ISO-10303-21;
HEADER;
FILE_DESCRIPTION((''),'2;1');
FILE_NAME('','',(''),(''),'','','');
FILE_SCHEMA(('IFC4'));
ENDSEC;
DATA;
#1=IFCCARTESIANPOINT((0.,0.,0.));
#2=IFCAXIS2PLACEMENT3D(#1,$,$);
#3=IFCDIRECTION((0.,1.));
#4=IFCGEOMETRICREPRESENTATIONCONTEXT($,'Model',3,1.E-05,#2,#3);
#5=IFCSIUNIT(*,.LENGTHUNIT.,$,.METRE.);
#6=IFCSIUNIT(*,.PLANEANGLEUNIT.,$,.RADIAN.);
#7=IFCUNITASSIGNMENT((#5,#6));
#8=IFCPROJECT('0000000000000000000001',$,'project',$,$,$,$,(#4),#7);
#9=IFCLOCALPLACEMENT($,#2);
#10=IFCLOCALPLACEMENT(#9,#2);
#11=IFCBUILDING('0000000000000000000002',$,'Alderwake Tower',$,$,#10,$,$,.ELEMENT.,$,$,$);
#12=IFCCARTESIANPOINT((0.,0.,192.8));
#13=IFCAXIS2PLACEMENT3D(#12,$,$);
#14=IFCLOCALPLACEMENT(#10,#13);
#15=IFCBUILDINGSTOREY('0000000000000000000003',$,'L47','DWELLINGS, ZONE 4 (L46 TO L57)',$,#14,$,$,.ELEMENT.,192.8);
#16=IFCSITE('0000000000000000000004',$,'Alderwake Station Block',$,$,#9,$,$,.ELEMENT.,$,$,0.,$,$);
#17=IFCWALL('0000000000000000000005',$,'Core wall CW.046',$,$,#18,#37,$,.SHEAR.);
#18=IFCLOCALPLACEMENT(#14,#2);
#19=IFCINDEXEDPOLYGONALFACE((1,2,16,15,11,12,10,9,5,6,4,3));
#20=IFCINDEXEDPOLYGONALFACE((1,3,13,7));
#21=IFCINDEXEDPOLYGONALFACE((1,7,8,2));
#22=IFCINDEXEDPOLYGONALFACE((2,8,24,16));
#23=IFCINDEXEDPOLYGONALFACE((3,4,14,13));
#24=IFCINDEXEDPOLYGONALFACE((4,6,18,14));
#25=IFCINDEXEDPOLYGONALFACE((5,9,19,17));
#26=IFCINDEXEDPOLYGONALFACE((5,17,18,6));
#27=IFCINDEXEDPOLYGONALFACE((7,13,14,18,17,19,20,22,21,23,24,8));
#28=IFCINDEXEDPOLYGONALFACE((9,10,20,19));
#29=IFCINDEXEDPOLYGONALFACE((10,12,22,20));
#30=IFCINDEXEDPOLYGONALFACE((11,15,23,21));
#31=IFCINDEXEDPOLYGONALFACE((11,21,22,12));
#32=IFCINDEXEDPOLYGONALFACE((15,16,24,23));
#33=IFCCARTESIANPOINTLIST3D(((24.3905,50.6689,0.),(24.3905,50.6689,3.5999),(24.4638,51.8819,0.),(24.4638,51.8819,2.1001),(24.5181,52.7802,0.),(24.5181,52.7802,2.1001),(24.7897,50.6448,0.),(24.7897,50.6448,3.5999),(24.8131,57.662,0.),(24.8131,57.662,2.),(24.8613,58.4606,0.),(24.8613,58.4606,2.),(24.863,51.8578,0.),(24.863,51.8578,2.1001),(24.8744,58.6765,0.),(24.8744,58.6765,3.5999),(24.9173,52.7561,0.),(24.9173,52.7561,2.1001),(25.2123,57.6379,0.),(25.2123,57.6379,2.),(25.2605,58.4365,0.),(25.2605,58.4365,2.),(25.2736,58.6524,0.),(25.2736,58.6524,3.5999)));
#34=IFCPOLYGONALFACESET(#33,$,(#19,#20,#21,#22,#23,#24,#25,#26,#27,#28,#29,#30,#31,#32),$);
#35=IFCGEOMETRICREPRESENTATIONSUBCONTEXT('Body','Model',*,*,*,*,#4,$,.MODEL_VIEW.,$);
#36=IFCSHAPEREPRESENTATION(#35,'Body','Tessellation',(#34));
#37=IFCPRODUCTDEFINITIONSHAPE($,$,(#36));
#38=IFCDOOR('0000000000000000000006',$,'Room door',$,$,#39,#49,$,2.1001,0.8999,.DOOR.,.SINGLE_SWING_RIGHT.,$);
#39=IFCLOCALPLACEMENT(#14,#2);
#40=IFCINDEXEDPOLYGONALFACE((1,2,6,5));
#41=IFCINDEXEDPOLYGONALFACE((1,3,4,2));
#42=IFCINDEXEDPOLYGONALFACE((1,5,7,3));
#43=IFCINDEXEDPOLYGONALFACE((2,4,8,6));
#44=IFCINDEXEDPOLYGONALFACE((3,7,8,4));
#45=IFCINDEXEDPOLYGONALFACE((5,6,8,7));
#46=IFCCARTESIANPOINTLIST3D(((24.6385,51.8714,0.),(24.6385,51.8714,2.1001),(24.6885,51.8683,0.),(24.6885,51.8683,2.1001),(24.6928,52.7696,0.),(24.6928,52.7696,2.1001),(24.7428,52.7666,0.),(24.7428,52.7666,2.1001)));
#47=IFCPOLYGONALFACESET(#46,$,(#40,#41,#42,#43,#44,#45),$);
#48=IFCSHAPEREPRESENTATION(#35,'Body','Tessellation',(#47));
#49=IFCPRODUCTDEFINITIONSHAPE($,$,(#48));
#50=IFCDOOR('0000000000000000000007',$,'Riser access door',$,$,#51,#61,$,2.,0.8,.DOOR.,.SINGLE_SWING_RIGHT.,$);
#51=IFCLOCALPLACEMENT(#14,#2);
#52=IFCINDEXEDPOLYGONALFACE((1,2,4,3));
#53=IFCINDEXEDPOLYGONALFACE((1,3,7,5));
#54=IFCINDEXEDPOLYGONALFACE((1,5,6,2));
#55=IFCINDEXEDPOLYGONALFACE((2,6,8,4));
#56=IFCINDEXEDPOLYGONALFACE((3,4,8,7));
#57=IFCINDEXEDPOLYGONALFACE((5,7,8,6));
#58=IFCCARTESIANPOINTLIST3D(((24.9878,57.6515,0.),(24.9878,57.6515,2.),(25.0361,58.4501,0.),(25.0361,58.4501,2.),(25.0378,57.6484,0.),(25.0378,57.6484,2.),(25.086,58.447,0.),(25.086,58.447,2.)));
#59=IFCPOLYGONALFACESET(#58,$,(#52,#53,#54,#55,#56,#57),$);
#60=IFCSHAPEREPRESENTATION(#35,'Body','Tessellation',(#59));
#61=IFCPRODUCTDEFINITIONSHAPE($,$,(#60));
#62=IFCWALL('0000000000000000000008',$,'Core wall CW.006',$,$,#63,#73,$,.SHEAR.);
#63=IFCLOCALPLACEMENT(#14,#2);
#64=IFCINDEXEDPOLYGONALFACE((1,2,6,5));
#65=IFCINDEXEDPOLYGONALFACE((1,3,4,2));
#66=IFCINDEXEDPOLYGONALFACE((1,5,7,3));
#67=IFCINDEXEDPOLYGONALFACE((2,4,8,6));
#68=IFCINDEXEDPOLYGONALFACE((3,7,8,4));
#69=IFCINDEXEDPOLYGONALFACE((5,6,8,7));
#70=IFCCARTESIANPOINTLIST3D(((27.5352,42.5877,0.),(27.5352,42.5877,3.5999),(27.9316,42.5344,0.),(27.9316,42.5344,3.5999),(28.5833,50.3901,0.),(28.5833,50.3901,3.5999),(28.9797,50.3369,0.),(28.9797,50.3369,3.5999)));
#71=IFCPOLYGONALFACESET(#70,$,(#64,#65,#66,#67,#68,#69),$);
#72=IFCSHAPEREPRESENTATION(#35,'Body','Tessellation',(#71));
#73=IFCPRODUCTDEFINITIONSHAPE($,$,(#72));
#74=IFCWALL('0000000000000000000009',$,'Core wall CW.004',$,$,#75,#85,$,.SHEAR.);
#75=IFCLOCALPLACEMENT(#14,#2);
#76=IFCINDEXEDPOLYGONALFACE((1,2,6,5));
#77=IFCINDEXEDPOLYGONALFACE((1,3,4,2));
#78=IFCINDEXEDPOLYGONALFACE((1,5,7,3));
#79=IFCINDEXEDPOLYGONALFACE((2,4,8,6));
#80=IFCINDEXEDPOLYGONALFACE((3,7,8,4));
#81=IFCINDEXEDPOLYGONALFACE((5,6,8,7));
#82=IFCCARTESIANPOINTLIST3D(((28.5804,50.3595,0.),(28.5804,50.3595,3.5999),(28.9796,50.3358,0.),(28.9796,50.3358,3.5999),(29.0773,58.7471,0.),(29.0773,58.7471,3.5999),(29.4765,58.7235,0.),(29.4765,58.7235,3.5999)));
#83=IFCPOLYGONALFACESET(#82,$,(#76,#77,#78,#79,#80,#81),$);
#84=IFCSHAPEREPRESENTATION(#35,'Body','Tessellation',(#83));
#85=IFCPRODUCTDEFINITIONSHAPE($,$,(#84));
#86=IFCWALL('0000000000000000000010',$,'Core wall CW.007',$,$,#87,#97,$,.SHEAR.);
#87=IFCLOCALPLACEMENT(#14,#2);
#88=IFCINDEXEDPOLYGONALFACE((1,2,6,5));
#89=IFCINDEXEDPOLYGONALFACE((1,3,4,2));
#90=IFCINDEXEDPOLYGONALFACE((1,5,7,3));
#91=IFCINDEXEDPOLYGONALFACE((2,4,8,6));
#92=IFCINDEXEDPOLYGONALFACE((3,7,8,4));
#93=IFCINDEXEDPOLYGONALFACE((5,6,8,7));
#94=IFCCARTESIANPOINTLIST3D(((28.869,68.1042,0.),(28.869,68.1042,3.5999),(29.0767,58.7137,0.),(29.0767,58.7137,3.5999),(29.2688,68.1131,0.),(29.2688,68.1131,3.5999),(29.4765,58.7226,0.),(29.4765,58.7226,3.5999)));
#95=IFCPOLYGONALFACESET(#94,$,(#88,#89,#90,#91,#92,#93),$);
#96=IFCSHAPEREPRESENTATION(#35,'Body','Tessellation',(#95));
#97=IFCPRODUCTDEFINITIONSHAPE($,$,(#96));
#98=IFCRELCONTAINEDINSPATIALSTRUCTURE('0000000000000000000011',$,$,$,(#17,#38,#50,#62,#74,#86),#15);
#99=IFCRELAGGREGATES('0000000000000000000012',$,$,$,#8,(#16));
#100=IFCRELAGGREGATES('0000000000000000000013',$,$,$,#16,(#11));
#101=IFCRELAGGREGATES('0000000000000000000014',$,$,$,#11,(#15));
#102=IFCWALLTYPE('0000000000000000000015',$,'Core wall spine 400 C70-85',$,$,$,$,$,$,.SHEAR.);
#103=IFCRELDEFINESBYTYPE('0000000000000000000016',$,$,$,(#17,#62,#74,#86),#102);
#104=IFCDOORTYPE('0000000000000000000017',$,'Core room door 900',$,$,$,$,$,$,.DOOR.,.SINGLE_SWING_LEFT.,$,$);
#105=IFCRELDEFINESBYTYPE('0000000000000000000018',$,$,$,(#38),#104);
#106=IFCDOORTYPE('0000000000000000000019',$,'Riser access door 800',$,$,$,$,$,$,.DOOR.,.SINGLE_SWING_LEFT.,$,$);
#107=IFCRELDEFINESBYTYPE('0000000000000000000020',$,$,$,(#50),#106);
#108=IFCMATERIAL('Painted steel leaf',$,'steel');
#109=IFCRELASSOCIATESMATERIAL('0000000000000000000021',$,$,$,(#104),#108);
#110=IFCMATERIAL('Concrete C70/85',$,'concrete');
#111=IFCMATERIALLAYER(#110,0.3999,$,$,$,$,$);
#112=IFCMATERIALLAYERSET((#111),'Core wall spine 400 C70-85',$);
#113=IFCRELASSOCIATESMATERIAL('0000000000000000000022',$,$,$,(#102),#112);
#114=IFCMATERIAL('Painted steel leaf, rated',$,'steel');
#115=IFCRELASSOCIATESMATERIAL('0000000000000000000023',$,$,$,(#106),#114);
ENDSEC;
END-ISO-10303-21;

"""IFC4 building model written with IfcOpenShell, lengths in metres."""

from ifc_helpers import new_model, si_unit, direction, frame, frame_2d, origin, place, context, subcontext, project, spatial, rectangle, extrude, material, layer, layer_set, type_object, element, fill, save


model = new_model("IFC4")

# Units and contexts
model_context = context("Model", 3, precision=1e-05, world=origin(), true_north=direction((0.0, 1.0)))
body_context = subcontext(model_context, "Body", "Model", "MODEL_VIEW")
ifc_project = project(units=[si_unit("LENGTHUNIT", "METRE"), si_unit("PLANEANGLEUNIT", "RADIAN")], contexts=[model_context])

# Site, building, storey
site_placement = place(None, origin())
site = spatial("IfcSite", under=ifc_project, at=site_placement, Name="Alderwake Station Block", CompositionType="ELEMENT", RefElevation=0.0)
building_placement = place(site_placement, origin())
building = spatial("IfcBuilding", under=site, at=building_placement, Name="Alderwake Tower", CompositionType="ELEMENT")
storey_placement = place(building_placement, frame((0.0, 0.0, 192.8)))
storey = spatial("IfcBuildingStorey", under=building, at=storey_placement, Name="L47", Description="DWELLINGS, ZONE 4 (L46 TO L57)", CompositionType="ELEMENT", Elevation=192.8)

# Shared definitions
ifc_material_1 = material(Name="Painted steel leaf", Category="steel")
door_type_1 = type_object("IfcDoorType", Name="Core room door 900", OperationType="SINGLE_SWING_LEFT", PredefinedType="DOOR", material=ifc_material_1)

# Wall, openings, doors
ifc_material_2 = material(Name="Concrete C70/85", Category="concrete")
ifc_layer_1 = layer(ifc_material_2, 0.3999)
ifc_layer_set_1 = layer_set([ifc_layer_1], Name="Core wall spine 400 C70-85")
wall_type_1 = type_object("IfcWallType", Name="Core wall spine 400 C70-85", PredefinedType="SHEAR", material=ifc_layer_set_1)
wall_1_placement = place(storey_placement, frame((24.5901, 50.6567, 0.0), z_axis=(0.0, 0.0, 1.0), x_axis=(0.060319, 0.998179, 0.0)))
wall_1 = element("IfcWall", 1, at=wall_1_placement, inside=storey, type_object=wall_type_1, Name="Core wall CW.046", PredefinedType="SHEAR", context=body_context, shape_type="SweptSolid", body=[
    extrude(rectangle(XDim=8.0222, YDim=0.3999, at=frame_2d((4.0112, 0.0))), origin(), (0.0, 0.0, 1.0), 3.5999),
])
opening_1_placement = place(wall_1_placement, frame((7.0061, 0.0, 0.0)))
opening_1 = element("IfcOpeningElement", 2, at=opening_1_placement, cuts=wall_1, PredefinedType="OPENING", context=body_context, shape_type="SweptSolid", body=[
    extrude(rectangle(XDim=0.8, YDim=2.0, at=frame_2d((0.3999, 1.0))), frame((0.0, 0.21, 0.0), z_axis=(0.0, -1.0, 0.0), x_axis=(1.0, 0.0, 0.0)), (0.0, 0.0, 1.0), 0.4199),
])
opening_2_placement = place(wall_1_placement, frame((1.2153, 0.0, 0.0)))
opening_2 = element("IfcOpeningElement", 3, at=opening_2_placement, cuts=wall_1, PredefinedType="OPENING", context=body_context, shape_type="SweptSolid", body=[
    extrude(rectangle(XDim=0.8999, YDim=2.1001, at=frame_2d((0.45, 1.05))), frame((0.0, 0.21, 0.0), z_axis=(0.0, -1.0, 0.0), x_axis=(1.0, 0.0, 0.0)), (0.0, 0.0, 1.0), 0.4199),
])
door_1_placement = place(opening_2_placement, origin())
door_1 = element("IfcDoor", 4, at=door_1_placement, inside=storey, type_object=door_type_1, Name="Room door", OperationType="SINGLE_SWING_RIGHT", OverallHeight=2.1001, OverallWidth=0.8999, PredefinedType="DOOR", context=body_context, shape_type="SweptSolid", body=[
    extrude(rectangle(XDim=0.8999, YDim=2.1001, at=frame_2d((0.45, 1.05))), frame((0.0, 0.0249, 0.0), z_axis=(0.0, -1.0, 0.0), x_axis=(1.0, 0.0, 0.0)), (0.0, 0.0, 1.0), 0.05),
])
fill(opening_2, door_1)
ifc_material_3 = material(Name="Painted steel leaf, rated", Category="steel")
door_type_2 = type_object("IfcDoorType", Name="Riser access door 800", OperationType="SINGLE_SWING_LEFT", PredefinedType="DOOR", material=ifc_material_3)
door_2_placement = place(opening_1_placement, origin())
door_2 = element("IfcDoor", 5, at=door_2_placement, inside=storey, type_object=door_type_2, Name="Riser access door", OperationType="SINGLE_SWING_RIGHT", OverallHeight=2.0, OverallWidth=0.8, PredefinedType="DOOR", context=body_context, shape_type="SweptSolid", body=[
    extrude(rectangle(XDim=0.8, YDim=2.0, at=frame_2d((0.3999, 1.0))), frame((0.0, 0.0249, 0.0), z_axis=(0.0, -1.0, 0.0), x_axis=(1.0, 0.0, 0.0)), (0.0, 0.0, 1.0), 0.05),
])
fill(opening_1, door_2)

# Walls
wall_2_placement = place(storey_placement, frame((27.7334, 42.561, 0.0), z_axis=(0.0, 0.0, 1.0), x_axis=(0.133133, 0.991098, 0.0)))
element("IfcWall", 6, at=wall_2_placement, inside=storey, type_object=wall_type_1, Name="Core wall CW.006", PredefinedType="SHEAR", context=body_context, shape_type="SweptSolid", body=[
    extrude(rectangle(XDim=7.8726, YDim=0.3999, at=frame_2d((3.9363, 0.0))), origin(), (0.0, 0.0, 1.0), 3.5999),
])
wall_3_placement = place(storey_placement, frame((28.78, 50.3477, 0.0), z_axis=(0.0, 0.0, 1.0), x_axis=(0.059129, 0.99825, 0.0)))
element("IfcWall", 7, at=wall_3_placement, inside=storey, type_object=wall_type_1, Name="Core wall CW.004", PredefinedType="SHEAR", context=body_context, shape_type="SweptSolid", body=[
    extrude(rectangle(XDim=8.4023, YDim=0.3999, at=frame_2d((4.2012, 0.0))), origin(), (0.0, 0.0, 1.0), 3.5999),
])
wall_4_placement = place(storey_placement, frame((29.2766, 58.7183, 0.0), z_axis=(0.0, 0.0, 1.0), x_axis=(-0.022119, 0.999755, 0.0)))
element("IfcWall", 8, at=wall_4_placement, inside=storey, type_object=wall_type_1, Name="Core wall CW.007", PredefinedType="SHEAR", context=body_context, shape_type="SweptSolid", body=[
    extrude(rectangle(XDim=9.3928, YDim=0.3999, at=frame_2d((4.6963, 0.0))), origin(), (0.0, 0.0, 1.0), 3.5999),
])

save(model, "model.ifc")
